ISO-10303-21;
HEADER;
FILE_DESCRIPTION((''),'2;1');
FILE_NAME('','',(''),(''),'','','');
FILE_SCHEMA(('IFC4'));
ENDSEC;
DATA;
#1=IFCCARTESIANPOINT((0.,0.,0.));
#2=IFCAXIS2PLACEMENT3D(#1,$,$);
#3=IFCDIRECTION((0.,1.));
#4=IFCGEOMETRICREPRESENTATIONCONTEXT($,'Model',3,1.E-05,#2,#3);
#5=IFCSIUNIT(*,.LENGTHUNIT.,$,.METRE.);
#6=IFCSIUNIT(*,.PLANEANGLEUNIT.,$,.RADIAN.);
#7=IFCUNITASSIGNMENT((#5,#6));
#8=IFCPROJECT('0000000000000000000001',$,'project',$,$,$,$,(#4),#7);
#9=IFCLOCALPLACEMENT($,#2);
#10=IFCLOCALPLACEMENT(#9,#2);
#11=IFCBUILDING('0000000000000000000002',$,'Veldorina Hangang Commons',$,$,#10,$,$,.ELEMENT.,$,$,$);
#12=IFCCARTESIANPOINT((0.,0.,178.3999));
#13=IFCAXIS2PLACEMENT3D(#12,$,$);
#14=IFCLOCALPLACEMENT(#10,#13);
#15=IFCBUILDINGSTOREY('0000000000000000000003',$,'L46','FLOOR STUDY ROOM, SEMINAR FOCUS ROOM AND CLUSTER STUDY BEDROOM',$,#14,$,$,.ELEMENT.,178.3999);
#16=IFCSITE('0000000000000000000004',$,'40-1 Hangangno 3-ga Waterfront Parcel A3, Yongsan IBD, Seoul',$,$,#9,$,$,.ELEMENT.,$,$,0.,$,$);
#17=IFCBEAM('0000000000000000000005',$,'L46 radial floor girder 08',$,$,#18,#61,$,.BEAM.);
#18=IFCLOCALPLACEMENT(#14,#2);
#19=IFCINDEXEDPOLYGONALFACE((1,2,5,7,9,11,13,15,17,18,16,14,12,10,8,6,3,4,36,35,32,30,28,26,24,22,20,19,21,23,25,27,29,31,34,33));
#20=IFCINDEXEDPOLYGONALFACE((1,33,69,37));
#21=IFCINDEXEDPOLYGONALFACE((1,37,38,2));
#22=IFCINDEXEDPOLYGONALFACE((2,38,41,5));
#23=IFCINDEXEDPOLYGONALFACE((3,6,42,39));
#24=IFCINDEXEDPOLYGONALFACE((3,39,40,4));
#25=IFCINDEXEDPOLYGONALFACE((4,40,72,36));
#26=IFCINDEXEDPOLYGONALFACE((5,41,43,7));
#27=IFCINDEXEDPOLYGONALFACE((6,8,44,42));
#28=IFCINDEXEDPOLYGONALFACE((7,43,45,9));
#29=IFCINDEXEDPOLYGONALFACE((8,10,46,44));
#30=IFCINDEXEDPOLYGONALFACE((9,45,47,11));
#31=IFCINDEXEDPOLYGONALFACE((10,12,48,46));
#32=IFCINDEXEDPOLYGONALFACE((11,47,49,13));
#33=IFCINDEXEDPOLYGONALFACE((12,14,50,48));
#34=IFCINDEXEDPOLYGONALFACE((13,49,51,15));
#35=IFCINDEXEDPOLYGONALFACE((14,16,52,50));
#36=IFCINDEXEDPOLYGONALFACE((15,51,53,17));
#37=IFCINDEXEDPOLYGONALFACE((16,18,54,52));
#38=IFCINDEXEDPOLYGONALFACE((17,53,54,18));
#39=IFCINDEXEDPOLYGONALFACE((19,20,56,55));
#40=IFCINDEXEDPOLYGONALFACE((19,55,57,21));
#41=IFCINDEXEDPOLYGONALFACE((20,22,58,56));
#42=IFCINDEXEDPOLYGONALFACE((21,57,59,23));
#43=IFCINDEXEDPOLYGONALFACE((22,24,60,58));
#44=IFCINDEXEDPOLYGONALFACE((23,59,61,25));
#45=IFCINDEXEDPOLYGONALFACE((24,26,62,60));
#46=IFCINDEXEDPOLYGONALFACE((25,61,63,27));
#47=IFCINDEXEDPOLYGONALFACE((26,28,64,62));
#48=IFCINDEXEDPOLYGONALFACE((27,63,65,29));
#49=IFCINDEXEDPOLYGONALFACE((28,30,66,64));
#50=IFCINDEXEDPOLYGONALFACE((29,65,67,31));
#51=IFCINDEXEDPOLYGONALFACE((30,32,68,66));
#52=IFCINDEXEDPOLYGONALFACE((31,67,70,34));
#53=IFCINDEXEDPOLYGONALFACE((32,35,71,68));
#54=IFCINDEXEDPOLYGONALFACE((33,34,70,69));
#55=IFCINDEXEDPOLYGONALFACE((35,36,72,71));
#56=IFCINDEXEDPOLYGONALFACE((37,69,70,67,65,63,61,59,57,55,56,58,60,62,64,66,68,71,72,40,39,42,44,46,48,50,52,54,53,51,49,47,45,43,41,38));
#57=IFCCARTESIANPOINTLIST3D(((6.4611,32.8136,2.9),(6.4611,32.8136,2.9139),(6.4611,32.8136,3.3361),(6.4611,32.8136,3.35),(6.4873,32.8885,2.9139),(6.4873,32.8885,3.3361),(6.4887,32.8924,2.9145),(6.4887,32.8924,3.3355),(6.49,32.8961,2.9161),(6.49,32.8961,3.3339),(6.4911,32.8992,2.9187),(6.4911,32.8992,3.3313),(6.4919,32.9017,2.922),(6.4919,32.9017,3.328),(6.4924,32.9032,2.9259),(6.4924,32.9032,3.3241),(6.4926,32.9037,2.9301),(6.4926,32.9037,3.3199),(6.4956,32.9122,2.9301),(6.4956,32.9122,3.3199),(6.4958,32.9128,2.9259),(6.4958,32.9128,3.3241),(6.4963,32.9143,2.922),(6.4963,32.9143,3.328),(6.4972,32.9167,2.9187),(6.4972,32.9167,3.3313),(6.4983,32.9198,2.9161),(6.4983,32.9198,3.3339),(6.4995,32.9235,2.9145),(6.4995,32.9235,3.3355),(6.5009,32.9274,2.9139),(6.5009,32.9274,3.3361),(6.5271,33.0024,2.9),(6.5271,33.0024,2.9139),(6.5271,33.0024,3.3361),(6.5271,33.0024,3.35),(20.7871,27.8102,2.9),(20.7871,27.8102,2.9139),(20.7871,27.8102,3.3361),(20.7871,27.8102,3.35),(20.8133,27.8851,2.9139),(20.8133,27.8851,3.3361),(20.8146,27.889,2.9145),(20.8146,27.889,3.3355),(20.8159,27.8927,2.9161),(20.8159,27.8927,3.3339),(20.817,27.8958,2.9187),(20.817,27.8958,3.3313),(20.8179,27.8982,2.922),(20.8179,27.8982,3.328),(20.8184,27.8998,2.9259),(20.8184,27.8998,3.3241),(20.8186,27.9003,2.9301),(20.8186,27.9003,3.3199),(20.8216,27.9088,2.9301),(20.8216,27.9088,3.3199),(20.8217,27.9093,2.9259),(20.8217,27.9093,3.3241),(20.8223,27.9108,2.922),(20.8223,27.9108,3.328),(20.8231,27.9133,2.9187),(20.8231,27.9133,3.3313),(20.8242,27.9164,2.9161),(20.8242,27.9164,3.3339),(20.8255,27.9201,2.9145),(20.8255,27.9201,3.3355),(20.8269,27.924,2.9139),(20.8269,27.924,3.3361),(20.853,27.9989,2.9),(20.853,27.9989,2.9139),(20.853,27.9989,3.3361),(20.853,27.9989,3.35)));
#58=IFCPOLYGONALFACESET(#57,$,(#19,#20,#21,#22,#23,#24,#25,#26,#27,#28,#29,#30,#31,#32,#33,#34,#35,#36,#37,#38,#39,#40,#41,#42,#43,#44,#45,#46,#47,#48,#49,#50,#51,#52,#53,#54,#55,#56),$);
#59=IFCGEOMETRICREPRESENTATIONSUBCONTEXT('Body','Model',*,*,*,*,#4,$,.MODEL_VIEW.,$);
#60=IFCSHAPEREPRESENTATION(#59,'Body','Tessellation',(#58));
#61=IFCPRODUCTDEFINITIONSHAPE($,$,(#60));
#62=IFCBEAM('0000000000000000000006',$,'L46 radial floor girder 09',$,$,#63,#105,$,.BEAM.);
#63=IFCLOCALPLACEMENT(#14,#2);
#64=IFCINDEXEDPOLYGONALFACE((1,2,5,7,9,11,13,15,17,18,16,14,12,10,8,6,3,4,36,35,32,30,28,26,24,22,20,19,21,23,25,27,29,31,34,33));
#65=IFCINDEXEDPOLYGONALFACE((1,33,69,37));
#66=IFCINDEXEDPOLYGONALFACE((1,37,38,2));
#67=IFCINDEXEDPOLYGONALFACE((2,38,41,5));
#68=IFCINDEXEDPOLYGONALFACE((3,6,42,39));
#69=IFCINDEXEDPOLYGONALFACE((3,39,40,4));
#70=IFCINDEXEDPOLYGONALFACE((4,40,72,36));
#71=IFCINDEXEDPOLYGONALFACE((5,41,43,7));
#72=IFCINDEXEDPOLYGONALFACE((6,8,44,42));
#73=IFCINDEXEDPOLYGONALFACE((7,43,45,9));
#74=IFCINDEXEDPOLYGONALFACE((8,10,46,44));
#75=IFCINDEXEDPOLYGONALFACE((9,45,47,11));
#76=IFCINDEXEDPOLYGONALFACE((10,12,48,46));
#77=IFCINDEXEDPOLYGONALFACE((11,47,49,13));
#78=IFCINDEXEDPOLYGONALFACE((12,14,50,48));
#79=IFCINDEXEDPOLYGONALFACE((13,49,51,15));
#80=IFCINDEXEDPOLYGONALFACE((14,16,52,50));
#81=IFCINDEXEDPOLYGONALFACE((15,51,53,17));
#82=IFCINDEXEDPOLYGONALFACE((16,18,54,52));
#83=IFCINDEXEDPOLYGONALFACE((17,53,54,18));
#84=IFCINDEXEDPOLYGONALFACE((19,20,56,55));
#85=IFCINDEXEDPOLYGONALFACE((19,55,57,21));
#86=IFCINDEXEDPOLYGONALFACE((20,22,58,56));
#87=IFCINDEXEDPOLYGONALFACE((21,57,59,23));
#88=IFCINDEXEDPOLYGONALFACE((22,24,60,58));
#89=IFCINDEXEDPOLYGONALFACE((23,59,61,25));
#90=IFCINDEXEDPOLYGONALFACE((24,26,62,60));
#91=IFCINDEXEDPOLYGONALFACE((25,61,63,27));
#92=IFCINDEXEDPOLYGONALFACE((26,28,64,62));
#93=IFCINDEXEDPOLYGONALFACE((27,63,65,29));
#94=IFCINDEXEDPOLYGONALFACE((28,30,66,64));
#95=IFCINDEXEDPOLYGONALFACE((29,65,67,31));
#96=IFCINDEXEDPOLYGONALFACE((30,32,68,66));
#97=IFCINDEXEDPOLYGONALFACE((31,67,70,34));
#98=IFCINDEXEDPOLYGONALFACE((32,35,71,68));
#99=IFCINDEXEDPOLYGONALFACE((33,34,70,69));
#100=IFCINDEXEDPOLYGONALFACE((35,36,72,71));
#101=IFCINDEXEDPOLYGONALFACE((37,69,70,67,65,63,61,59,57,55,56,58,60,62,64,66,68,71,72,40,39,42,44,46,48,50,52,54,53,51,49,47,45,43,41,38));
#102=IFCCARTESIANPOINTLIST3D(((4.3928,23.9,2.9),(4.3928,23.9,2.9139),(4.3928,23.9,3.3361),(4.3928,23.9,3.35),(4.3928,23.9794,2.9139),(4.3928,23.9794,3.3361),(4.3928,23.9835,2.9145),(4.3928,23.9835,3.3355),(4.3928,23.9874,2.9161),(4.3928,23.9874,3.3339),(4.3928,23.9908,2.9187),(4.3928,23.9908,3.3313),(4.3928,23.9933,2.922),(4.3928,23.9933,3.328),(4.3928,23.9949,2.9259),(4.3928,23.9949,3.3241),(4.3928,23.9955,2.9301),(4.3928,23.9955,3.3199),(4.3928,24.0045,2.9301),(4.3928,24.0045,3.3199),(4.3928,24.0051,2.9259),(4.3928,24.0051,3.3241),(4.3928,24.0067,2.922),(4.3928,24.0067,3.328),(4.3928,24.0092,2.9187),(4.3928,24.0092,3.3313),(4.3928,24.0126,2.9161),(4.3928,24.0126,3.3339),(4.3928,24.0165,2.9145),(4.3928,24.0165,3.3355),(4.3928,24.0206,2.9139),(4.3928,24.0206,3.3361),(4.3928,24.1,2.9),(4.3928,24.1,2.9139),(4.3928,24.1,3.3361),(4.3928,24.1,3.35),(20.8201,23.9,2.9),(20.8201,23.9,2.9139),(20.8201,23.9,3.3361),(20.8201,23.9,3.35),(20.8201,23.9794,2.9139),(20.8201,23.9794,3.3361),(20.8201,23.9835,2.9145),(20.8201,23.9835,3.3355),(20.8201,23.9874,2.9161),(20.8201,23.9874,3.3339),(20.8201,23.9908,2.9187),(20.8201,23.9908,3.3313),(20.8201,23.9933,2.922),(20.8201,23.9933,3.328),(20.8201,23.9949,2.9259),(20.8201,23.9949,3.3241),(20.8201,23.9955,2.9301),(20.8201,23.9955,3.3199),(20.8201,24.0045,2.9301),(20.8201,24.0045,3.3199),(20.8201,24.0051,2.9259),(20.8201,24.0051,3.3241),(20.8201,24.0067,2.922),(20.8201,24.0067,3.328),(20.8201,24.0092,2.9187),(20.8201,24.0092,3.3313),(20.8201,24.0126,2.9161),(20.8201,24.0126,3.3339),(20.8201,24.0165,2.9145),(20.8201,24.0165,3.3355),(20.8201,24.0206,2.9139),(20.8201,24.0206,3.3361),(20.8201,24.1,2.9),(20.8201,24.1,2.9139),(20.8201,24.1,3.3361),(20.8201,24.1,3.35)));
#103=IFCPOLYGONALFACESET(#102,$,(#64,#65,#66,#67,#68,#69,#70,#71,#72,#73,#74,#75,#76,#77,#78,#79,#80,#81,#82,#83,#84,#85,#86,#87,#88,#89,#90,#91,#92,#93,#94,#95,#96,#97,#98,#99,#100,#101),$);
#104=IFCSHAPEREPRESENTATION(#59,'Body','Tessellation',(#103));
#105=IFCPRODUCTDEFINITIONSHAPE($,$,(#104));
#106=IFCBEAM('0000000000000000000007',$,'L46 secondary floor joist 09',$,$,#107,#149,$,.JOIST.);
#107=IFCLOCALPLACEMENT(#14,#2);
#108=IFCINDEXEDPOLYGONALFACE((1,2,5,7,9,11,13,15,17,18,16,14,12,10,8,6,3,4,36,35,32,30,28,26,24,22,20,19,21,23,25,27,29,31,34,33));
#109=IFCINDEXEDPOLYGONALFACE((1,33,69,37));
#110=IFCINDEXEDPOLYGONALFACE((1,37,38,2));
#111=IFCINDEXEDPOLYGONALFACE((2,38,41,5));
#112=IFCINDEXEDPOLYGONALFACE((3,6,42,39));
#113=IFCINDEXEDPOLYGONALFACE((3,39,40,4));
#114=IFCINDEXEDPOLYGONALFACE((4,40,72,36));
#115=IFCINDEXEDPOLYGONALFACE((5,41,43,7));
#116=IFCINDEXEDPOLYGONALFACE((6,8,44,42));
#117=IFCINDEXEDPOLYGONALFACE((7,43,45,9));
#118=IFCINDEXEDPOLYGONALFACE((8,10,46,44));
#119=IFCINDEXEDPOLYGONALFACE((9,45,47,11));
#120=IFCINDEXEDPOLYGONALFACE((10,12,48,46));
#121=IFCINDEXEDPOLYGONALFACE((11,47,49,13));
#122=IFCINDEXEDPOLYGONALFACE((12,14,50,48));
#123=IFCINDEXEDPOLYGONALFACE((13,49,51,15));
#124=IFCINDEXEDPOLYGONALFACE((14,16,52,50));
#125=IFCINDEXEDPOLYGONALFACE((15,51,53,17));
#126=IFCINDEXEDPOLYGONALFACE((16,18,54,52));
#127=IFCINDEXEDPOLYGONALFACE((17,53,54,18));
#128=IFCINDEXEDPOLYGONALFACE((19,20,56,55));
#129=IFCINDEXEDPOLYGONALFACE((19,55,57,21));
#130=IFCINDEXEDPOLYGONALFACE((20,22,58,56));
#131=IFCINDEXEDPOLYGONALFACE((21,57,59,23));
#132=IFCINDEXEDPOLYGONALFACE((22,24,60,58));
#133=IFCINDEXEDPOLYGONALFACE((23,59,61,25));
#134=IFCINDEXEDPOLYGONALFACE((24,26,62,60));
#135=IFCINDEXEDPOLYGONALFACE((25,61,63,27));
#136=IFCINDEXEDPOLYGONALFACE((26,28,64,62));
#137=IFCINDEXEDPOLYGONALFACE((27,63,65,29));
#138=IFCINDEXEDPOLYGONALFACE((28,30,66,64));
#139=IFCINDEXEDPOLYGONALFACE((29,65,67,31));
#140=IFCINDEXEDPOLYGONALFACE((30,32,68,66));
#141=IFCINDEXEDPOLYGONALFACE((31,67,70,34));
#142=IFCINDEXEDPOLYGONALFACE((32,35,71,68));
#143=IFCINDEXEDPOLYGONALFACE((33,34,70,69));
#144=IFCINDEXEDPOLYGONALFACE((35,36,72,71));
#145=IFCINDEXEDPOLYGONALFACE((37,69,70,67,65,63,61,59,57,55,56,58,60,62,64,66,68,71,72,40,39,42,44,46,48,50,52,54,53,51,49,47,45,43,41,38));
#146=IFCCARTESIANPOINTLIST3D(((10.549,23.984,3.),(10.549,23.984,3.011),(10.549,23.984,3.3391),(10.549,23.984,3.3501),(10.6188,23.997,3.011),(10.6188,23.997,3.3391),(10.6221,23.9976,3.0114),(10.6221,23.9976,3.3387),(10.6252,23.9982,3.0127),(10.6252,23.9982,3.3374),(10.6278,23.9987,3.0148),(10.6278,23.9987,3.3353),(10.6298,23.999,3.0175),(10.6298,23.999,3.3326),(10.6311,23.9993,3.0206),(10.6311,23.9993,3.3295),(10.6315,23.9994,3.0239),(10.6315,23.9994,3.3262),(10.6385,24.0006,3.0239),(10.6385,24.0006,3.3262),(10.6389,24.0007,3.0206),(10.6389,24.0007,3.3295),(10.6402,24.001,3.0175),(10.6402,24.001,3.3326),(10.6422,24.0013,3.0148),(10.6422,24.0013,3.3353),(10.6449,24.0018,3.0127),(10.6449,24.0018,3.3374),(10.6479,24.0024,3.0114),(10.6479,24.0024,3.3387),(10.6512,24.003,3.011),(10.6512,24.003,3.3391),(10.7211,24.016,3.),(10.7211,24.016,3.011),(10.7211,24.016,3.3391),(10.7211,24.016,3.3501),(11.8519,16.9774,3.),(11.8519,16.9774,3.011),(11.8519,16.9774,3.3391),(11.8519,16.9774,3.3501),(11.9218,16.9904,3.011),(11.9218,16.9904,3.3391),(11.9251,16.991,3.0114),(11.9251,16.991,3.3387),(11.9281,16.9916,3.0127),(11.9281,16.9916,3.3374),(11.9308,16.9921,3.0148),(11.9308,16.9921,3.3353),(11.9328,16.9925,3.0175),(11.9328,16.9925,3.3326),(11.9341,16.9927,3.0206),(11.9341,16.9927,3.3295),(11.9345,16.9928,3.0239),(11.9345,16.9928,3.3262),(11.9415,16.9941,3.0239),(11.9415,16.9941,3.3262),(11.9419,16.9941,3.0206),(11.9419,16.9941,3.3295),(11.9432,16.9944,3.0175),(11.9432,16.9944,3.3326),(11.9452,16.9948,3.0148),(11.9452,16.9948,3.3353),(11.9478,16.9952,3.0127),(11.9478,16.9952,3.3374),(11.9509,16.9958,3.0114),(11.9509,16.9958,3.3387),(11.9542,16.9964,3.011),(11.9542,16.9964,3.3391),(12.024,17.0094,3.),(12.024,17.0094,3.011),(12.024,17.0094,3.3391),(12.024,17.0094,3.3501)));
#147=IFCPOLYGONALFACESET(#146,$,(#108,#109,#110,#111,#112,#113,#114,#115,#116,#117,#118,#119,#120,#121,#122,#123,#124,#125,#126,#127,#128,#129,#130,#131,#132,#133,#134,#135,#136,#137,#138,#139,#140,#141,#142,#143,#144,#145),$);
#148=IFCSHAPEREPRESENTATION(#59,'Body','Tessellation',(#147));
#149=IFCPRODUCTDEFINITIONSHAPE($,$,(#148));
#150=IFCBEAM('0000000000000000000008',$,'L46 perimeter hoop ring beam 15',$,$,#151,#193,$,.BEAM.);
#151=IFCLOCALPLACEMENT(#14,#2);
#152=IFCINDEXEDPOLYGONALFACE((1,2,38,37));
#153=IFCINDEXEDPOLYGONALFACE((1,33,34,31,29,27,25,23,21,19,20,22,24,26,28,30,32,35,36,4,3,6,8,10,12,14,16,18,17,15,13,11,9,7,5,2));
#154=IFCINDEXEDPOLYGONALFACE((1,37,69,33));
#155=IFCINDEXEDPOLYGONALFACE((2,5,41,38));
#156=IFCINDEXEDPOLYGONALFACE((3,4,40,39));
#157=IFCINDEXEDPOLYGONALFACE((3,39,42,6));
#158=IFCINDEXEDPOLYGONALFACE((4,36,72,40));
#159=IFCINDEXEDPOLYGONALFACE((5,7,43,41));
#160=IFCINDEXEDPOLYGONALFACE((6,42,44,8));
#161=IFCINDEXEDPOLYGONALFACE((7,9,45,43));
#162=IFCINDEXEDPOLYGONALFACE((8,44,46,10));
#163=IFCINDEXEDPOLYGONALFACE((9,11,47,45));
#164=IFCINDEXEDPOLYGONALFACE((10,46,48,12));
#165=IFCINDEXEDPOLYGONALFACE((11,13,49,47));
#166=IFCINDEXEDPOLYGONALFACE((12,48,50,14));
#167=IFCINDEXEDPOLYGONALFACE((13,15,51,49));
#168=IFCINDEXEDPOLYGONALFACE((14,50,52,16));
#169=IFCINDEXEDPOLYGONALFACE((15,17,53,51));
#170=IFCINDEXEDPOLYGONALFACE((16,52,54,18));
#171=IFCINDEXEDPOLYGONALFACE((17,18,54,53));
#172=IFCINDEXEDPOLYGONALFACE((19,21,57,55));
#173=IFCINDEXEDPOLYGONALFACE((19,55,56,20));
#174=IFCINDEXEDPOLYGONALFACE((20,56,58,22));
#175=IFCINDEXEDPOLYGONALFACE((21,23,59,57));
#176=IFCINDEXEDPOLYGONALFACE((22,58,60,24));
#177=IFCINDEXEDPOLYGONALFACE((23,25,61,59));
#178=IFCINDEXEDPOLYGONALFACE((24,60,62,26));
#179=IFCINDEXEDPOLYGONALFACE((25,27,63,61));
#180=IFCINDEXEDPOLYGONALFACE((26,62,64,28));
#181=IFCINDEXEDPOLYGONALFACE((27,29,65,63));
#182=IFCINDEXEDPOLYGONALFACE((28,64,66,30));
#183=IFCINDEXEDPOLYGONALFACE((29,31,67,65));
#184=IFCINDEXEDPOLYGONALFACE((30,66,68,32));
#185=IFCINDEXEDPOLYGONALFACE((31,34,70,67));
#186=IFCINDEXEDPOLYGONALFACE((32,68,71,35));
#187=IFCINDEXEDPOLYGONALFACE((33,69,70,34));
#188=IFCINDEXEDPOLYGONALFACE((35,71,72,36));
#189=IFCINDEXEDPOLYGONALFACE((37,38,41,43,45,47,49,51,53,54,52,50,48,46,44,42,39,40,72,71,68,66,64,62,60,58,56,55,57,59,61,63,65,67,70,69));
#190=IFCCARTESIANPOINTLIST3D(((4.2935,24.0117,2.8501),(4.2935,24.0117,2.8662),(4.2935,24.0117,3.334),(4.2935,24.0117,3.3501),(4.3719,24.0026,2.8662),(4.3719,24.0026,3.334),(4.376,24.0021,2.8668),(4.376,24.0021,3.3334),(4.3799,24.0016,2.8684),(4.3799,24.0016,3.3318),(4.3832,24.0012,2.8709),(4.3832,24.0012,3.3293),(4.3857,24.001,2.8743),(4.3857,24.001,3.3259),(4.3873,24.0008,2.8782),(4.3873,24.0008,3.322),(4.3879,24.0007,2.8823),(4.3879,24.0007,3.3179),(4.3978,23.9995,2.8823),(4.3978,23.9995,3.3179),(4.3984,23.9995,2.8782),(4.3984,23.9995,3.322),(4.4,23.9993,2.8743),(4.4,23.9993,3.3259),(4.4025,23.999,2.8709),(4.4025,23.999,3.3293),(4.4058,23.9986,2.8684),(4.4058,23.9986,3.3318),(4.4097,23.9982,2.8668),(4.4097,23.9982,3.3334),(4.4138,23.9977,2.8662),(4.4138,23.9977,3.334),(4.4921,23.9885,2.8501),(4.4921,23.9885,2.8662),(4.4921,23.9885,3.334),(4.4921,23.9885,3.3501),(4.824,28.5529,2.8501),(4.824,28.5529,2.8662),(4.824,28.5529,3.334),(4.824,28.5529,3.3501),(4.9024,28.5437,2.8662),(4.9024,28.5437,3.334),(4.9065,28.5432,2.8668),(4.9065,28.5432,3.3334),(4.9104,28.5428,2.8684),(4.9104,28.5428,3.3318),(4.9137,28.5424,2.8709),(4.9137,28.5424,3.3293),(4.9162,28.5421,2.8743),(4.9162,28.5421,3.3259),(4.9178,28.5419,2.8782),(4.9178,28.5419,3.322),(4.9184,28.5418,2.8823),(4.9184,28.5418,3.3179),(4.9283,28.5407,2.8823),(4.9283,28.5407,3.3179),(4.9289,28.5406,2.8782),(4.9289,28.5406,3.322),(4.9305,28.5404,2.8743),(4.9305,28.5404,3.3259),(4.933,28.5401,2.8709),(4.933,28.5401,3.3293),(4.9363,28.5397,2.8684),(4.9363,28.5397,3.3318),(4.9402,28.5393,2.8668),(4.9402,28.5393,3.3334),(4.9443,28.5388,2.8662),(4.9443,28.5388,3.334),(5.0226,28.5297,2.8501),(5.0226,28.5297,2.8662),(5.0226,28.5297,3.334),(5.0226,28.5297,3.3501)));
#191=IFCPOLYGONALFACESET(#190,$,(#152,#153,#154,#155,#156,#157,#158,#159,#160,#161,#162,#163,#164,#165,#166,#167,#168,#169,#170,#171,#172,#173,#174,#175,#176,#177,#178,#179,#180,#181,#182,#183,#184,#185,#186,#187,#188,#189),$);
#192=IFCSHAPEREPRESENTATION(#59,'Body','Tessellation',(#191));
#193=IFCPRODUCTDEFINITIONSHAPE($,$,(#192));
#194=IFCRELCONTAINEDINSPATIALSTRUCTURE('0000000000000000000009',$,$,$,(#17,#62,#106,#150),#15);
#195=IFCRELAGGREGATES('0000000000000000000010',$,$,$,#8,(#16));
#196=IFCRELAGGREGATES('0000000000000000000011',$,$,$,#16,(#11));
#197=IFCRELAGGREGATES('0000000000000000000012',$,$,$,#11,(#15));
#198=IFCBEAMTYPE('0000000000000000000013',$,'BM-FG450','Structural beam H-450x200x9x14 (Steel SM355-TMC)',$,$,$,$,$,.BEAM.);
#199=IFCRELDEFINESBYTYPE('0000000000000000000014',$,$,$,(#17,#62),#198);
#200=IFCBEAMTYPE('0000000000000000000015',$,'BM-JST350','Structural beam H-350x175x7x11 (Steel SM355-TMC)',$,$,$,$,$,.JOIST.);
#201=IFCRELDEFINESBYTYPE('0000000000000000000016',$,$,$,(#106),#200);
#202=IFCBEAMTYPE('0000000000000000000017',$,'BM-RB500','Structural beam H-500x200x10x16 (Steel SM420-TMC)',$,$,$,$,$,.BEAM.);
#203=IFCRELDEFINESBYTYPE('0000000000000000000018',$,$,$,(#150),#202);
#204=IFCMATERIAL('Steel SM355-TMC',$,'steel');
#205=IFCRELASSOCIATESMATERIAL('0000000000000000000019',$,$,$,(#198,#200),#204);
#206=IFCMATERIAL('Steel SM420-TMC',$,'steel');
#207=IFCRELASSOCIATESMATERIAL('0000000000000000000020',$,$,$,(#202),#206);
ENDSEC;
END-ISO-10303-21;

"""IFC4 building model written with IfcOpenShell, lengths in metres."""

from ifc_helpers import new_model, si_unit, direction, frame, origin, origin_2d, place, context, subcontext, project, spatial, i_section, extrude, material, material_profile, profile_set, type_object, element, save


model = new_model("IFC4")

# Units and contexts
model_context = context("Model", 3, precision=1e-05, world=origin(), true_north=direction((0.0, 1.0)))
body_context = subcontext(model_context, "Body", "Model", "MODEL_VIEW")
ifc_project = project(units=[si_unit("LENGTHUNIT", "METRE"), si_unit("PLANEANGLEUNIT", "RADIAN")], contexts=[model_context])

# Site, building, storey
site_placement = place(None, origin())
site = spatial("IfcSite", under=ifc_project, at=site_placement, Name="40-1 Hangangno 3-ga Waterfront Parcel A3, Yongsan IBD, Seoul", CompositionType="ELEMENT", RefElevation=0.0)
building_placement = place(site_placement, origin())
building = spatial("IfcBuilding", under=site, at=building_placement, Name="Veldorina Hangang Commons", CompositionType="ELEMENT")
storey_placement = place(building_placement, frame((0.0, 0.0, 178.3999)))
storey = spatial("IfcBuildingStorey", under=building, at=storey_placement, Name="L46", Description="FLOOR STUDY ROOM, SEMINAR FOCUS ROOM AND CLUSTER STUDY BEDROOM", CompositionType="ELEMENT", Elevation=178.3999)

# Beams
ifc_material_1 = material(Name="Steel SM355-TMC", Category="steel")
ifc_material_profile_1 = material_profile(ifc_material_1, i_section(OverallWidth=0.2, OverallDepth=0.45, WebThickness=0.009, FlangeThickness=0.0139, FilletRadius=0.0161, at=origin_2d()), Name="H-450x200x9x14")
ifc_profile_set_1 = profile_set([ifc_material_profile_1], Name="Steel SM355-TMC")
beam_type_1 = type_object("IfcBeamType", Name="BM-FG450", Description="Structural beam H-450x200x9x14 (Steel SM355-TMC)", PredefinedType="BEAM", material=ifc_profile_set_1)
beam_1_placement = place(storey_placement, frame((20.8201, 27.9045, 3.125), z_axis=(-0.944077, 0.329725, 0.0), x_axis=(-0.329725, -0.944077, 0.0)))
element("IfcBeam", 1, at=beam_1_placement, inside=storey, type_object=beam_type_1, Name="L46 radial floor girder 08", PredefinedType="BEAM", context=body_context, shape_type="SweptSolid", body=[
    extrude(i_section(OverallWidth=0.2, OverallDepth=0.45, WebThickness=0.009, FlangeThickness=0.0139, FilletRadius=0.0161, at=origin_2d()), origin(), (0.0, 0.0, 1.0), 15.1746),
])
beam_2_placement = place(storey_placement, frame((20.8201, 24.0, 3.125), z_axis=(-1.0, 0.0, 0.0), x_axis=(0.0, -1.0, 0.0)))
element("IfcBeam", 2, at=beam_2_placement, inside=storey, type_object=beam_type_1, Name="L46 radial floor girder 09", PredefinedType="BEAM", context=body_context, shape_type="SweptSolid", body=[
    extrude(i_section(OverallWidth=0.2, OverallDepth=0.45, WebThickness=0.009, FlangeThickness=0.0139, FilletRadius=0.0161, at=origin_2d()), origin(), (0.0, 0.0, 1.0), 16.4272),
])
ifc_material_profile_2 = material_profile(ifc_material_1, i_section(OverallWidth=0.175, OverallDepth=0.3501, WebThickness=0.0071, FlangeThickness=0.011, FilletRadius=0.0129, at=origin_2d()), Name="H-350x175x7x11")
ifc_profile_set_2 = profile_set([ifc_material_profile_2], Name="Steel SM355-TMC")
beam_type_2 = type_object("IfcBeamType", Name="BM-JST350", Description="Structural beam H-350x175x7x11 (Steel SM355-TMC)", PredefinedType="JOIST", material=ifc_profile_set_2)
beam_3_placement = place(storey_placement, frame((10.635, 24.0, 3.175), z_axis=(0.18283, -0.983145, 0.0), x_axis=(0.983145, 0.18283, 0.0)))
element("IfcBeam", 3, at=beam_3_placement, inside=storey, type_object=beam_type_2, Name="L46 secondary floor joist 09", PredefinedType="JOIST", context=body_context, shape_type="SweptSolid", body=[
    extrude(i_section(OverallWidth=0.175, OverallDepth=0.3501, WebThickness=0.0071, FlangeThickness=0.011, FilletRadius=0.0129, at=origin_2d()), origin(), (0.0, 0.0, 1.0), 7.1267),
])
ifc_material_2 = material(Name="Steel SM420-TMC", Category="steel")
ifc_material_profile_3 = material_profile(ifc_material_2, i_section(OverallWidth=0.2, OverallDepth=0.5, WebThickness=0.01, FlangeThickness=0.0161, FilletRadius=0.0161, at=origin_2d()), Name="H-500x200x10x16")
ifc_profile_set_3 = profile_set([ifc_material_profile_3], Name="Steel SM420-TMC")
beam_type_3 = type_object("IfcBeamType", Name="BM-RB500", Description="Structural beam H-500x200x10x16 (Steel SM420-TMC)", PredefinedType="BEAM", material=ifc_profile_set_3)
for number, where, z_axis, x_axis, name in (
    (4, (4.9233, 28.5413, 3.1001), (-0.116033, -0.993245, 0.0), (0.993245, -0.116033, 0.0), "L46 perimeter hoop ring beam 15"),
):
    element("IfcBeam", number, at=place(storey_placement, frame(where, z_axis=z_axis, x_axis=x_axis)), inside=storey, type_object=beam_type_3, Name=name, PredefinedType="BEAM", context=body_context, shape_type="SweptSolid", body=[
        extrude(i_section(OverallWidth=0.2, OverallDepth=0.5, WebThickness=0.01, FlangeThickness=0.0161, FilletRadius=0.0161, at=origin_2d()), origin(), (0.0, 0.0, 1.0), 4.572),
    ])

save(model, "model.ifc")
